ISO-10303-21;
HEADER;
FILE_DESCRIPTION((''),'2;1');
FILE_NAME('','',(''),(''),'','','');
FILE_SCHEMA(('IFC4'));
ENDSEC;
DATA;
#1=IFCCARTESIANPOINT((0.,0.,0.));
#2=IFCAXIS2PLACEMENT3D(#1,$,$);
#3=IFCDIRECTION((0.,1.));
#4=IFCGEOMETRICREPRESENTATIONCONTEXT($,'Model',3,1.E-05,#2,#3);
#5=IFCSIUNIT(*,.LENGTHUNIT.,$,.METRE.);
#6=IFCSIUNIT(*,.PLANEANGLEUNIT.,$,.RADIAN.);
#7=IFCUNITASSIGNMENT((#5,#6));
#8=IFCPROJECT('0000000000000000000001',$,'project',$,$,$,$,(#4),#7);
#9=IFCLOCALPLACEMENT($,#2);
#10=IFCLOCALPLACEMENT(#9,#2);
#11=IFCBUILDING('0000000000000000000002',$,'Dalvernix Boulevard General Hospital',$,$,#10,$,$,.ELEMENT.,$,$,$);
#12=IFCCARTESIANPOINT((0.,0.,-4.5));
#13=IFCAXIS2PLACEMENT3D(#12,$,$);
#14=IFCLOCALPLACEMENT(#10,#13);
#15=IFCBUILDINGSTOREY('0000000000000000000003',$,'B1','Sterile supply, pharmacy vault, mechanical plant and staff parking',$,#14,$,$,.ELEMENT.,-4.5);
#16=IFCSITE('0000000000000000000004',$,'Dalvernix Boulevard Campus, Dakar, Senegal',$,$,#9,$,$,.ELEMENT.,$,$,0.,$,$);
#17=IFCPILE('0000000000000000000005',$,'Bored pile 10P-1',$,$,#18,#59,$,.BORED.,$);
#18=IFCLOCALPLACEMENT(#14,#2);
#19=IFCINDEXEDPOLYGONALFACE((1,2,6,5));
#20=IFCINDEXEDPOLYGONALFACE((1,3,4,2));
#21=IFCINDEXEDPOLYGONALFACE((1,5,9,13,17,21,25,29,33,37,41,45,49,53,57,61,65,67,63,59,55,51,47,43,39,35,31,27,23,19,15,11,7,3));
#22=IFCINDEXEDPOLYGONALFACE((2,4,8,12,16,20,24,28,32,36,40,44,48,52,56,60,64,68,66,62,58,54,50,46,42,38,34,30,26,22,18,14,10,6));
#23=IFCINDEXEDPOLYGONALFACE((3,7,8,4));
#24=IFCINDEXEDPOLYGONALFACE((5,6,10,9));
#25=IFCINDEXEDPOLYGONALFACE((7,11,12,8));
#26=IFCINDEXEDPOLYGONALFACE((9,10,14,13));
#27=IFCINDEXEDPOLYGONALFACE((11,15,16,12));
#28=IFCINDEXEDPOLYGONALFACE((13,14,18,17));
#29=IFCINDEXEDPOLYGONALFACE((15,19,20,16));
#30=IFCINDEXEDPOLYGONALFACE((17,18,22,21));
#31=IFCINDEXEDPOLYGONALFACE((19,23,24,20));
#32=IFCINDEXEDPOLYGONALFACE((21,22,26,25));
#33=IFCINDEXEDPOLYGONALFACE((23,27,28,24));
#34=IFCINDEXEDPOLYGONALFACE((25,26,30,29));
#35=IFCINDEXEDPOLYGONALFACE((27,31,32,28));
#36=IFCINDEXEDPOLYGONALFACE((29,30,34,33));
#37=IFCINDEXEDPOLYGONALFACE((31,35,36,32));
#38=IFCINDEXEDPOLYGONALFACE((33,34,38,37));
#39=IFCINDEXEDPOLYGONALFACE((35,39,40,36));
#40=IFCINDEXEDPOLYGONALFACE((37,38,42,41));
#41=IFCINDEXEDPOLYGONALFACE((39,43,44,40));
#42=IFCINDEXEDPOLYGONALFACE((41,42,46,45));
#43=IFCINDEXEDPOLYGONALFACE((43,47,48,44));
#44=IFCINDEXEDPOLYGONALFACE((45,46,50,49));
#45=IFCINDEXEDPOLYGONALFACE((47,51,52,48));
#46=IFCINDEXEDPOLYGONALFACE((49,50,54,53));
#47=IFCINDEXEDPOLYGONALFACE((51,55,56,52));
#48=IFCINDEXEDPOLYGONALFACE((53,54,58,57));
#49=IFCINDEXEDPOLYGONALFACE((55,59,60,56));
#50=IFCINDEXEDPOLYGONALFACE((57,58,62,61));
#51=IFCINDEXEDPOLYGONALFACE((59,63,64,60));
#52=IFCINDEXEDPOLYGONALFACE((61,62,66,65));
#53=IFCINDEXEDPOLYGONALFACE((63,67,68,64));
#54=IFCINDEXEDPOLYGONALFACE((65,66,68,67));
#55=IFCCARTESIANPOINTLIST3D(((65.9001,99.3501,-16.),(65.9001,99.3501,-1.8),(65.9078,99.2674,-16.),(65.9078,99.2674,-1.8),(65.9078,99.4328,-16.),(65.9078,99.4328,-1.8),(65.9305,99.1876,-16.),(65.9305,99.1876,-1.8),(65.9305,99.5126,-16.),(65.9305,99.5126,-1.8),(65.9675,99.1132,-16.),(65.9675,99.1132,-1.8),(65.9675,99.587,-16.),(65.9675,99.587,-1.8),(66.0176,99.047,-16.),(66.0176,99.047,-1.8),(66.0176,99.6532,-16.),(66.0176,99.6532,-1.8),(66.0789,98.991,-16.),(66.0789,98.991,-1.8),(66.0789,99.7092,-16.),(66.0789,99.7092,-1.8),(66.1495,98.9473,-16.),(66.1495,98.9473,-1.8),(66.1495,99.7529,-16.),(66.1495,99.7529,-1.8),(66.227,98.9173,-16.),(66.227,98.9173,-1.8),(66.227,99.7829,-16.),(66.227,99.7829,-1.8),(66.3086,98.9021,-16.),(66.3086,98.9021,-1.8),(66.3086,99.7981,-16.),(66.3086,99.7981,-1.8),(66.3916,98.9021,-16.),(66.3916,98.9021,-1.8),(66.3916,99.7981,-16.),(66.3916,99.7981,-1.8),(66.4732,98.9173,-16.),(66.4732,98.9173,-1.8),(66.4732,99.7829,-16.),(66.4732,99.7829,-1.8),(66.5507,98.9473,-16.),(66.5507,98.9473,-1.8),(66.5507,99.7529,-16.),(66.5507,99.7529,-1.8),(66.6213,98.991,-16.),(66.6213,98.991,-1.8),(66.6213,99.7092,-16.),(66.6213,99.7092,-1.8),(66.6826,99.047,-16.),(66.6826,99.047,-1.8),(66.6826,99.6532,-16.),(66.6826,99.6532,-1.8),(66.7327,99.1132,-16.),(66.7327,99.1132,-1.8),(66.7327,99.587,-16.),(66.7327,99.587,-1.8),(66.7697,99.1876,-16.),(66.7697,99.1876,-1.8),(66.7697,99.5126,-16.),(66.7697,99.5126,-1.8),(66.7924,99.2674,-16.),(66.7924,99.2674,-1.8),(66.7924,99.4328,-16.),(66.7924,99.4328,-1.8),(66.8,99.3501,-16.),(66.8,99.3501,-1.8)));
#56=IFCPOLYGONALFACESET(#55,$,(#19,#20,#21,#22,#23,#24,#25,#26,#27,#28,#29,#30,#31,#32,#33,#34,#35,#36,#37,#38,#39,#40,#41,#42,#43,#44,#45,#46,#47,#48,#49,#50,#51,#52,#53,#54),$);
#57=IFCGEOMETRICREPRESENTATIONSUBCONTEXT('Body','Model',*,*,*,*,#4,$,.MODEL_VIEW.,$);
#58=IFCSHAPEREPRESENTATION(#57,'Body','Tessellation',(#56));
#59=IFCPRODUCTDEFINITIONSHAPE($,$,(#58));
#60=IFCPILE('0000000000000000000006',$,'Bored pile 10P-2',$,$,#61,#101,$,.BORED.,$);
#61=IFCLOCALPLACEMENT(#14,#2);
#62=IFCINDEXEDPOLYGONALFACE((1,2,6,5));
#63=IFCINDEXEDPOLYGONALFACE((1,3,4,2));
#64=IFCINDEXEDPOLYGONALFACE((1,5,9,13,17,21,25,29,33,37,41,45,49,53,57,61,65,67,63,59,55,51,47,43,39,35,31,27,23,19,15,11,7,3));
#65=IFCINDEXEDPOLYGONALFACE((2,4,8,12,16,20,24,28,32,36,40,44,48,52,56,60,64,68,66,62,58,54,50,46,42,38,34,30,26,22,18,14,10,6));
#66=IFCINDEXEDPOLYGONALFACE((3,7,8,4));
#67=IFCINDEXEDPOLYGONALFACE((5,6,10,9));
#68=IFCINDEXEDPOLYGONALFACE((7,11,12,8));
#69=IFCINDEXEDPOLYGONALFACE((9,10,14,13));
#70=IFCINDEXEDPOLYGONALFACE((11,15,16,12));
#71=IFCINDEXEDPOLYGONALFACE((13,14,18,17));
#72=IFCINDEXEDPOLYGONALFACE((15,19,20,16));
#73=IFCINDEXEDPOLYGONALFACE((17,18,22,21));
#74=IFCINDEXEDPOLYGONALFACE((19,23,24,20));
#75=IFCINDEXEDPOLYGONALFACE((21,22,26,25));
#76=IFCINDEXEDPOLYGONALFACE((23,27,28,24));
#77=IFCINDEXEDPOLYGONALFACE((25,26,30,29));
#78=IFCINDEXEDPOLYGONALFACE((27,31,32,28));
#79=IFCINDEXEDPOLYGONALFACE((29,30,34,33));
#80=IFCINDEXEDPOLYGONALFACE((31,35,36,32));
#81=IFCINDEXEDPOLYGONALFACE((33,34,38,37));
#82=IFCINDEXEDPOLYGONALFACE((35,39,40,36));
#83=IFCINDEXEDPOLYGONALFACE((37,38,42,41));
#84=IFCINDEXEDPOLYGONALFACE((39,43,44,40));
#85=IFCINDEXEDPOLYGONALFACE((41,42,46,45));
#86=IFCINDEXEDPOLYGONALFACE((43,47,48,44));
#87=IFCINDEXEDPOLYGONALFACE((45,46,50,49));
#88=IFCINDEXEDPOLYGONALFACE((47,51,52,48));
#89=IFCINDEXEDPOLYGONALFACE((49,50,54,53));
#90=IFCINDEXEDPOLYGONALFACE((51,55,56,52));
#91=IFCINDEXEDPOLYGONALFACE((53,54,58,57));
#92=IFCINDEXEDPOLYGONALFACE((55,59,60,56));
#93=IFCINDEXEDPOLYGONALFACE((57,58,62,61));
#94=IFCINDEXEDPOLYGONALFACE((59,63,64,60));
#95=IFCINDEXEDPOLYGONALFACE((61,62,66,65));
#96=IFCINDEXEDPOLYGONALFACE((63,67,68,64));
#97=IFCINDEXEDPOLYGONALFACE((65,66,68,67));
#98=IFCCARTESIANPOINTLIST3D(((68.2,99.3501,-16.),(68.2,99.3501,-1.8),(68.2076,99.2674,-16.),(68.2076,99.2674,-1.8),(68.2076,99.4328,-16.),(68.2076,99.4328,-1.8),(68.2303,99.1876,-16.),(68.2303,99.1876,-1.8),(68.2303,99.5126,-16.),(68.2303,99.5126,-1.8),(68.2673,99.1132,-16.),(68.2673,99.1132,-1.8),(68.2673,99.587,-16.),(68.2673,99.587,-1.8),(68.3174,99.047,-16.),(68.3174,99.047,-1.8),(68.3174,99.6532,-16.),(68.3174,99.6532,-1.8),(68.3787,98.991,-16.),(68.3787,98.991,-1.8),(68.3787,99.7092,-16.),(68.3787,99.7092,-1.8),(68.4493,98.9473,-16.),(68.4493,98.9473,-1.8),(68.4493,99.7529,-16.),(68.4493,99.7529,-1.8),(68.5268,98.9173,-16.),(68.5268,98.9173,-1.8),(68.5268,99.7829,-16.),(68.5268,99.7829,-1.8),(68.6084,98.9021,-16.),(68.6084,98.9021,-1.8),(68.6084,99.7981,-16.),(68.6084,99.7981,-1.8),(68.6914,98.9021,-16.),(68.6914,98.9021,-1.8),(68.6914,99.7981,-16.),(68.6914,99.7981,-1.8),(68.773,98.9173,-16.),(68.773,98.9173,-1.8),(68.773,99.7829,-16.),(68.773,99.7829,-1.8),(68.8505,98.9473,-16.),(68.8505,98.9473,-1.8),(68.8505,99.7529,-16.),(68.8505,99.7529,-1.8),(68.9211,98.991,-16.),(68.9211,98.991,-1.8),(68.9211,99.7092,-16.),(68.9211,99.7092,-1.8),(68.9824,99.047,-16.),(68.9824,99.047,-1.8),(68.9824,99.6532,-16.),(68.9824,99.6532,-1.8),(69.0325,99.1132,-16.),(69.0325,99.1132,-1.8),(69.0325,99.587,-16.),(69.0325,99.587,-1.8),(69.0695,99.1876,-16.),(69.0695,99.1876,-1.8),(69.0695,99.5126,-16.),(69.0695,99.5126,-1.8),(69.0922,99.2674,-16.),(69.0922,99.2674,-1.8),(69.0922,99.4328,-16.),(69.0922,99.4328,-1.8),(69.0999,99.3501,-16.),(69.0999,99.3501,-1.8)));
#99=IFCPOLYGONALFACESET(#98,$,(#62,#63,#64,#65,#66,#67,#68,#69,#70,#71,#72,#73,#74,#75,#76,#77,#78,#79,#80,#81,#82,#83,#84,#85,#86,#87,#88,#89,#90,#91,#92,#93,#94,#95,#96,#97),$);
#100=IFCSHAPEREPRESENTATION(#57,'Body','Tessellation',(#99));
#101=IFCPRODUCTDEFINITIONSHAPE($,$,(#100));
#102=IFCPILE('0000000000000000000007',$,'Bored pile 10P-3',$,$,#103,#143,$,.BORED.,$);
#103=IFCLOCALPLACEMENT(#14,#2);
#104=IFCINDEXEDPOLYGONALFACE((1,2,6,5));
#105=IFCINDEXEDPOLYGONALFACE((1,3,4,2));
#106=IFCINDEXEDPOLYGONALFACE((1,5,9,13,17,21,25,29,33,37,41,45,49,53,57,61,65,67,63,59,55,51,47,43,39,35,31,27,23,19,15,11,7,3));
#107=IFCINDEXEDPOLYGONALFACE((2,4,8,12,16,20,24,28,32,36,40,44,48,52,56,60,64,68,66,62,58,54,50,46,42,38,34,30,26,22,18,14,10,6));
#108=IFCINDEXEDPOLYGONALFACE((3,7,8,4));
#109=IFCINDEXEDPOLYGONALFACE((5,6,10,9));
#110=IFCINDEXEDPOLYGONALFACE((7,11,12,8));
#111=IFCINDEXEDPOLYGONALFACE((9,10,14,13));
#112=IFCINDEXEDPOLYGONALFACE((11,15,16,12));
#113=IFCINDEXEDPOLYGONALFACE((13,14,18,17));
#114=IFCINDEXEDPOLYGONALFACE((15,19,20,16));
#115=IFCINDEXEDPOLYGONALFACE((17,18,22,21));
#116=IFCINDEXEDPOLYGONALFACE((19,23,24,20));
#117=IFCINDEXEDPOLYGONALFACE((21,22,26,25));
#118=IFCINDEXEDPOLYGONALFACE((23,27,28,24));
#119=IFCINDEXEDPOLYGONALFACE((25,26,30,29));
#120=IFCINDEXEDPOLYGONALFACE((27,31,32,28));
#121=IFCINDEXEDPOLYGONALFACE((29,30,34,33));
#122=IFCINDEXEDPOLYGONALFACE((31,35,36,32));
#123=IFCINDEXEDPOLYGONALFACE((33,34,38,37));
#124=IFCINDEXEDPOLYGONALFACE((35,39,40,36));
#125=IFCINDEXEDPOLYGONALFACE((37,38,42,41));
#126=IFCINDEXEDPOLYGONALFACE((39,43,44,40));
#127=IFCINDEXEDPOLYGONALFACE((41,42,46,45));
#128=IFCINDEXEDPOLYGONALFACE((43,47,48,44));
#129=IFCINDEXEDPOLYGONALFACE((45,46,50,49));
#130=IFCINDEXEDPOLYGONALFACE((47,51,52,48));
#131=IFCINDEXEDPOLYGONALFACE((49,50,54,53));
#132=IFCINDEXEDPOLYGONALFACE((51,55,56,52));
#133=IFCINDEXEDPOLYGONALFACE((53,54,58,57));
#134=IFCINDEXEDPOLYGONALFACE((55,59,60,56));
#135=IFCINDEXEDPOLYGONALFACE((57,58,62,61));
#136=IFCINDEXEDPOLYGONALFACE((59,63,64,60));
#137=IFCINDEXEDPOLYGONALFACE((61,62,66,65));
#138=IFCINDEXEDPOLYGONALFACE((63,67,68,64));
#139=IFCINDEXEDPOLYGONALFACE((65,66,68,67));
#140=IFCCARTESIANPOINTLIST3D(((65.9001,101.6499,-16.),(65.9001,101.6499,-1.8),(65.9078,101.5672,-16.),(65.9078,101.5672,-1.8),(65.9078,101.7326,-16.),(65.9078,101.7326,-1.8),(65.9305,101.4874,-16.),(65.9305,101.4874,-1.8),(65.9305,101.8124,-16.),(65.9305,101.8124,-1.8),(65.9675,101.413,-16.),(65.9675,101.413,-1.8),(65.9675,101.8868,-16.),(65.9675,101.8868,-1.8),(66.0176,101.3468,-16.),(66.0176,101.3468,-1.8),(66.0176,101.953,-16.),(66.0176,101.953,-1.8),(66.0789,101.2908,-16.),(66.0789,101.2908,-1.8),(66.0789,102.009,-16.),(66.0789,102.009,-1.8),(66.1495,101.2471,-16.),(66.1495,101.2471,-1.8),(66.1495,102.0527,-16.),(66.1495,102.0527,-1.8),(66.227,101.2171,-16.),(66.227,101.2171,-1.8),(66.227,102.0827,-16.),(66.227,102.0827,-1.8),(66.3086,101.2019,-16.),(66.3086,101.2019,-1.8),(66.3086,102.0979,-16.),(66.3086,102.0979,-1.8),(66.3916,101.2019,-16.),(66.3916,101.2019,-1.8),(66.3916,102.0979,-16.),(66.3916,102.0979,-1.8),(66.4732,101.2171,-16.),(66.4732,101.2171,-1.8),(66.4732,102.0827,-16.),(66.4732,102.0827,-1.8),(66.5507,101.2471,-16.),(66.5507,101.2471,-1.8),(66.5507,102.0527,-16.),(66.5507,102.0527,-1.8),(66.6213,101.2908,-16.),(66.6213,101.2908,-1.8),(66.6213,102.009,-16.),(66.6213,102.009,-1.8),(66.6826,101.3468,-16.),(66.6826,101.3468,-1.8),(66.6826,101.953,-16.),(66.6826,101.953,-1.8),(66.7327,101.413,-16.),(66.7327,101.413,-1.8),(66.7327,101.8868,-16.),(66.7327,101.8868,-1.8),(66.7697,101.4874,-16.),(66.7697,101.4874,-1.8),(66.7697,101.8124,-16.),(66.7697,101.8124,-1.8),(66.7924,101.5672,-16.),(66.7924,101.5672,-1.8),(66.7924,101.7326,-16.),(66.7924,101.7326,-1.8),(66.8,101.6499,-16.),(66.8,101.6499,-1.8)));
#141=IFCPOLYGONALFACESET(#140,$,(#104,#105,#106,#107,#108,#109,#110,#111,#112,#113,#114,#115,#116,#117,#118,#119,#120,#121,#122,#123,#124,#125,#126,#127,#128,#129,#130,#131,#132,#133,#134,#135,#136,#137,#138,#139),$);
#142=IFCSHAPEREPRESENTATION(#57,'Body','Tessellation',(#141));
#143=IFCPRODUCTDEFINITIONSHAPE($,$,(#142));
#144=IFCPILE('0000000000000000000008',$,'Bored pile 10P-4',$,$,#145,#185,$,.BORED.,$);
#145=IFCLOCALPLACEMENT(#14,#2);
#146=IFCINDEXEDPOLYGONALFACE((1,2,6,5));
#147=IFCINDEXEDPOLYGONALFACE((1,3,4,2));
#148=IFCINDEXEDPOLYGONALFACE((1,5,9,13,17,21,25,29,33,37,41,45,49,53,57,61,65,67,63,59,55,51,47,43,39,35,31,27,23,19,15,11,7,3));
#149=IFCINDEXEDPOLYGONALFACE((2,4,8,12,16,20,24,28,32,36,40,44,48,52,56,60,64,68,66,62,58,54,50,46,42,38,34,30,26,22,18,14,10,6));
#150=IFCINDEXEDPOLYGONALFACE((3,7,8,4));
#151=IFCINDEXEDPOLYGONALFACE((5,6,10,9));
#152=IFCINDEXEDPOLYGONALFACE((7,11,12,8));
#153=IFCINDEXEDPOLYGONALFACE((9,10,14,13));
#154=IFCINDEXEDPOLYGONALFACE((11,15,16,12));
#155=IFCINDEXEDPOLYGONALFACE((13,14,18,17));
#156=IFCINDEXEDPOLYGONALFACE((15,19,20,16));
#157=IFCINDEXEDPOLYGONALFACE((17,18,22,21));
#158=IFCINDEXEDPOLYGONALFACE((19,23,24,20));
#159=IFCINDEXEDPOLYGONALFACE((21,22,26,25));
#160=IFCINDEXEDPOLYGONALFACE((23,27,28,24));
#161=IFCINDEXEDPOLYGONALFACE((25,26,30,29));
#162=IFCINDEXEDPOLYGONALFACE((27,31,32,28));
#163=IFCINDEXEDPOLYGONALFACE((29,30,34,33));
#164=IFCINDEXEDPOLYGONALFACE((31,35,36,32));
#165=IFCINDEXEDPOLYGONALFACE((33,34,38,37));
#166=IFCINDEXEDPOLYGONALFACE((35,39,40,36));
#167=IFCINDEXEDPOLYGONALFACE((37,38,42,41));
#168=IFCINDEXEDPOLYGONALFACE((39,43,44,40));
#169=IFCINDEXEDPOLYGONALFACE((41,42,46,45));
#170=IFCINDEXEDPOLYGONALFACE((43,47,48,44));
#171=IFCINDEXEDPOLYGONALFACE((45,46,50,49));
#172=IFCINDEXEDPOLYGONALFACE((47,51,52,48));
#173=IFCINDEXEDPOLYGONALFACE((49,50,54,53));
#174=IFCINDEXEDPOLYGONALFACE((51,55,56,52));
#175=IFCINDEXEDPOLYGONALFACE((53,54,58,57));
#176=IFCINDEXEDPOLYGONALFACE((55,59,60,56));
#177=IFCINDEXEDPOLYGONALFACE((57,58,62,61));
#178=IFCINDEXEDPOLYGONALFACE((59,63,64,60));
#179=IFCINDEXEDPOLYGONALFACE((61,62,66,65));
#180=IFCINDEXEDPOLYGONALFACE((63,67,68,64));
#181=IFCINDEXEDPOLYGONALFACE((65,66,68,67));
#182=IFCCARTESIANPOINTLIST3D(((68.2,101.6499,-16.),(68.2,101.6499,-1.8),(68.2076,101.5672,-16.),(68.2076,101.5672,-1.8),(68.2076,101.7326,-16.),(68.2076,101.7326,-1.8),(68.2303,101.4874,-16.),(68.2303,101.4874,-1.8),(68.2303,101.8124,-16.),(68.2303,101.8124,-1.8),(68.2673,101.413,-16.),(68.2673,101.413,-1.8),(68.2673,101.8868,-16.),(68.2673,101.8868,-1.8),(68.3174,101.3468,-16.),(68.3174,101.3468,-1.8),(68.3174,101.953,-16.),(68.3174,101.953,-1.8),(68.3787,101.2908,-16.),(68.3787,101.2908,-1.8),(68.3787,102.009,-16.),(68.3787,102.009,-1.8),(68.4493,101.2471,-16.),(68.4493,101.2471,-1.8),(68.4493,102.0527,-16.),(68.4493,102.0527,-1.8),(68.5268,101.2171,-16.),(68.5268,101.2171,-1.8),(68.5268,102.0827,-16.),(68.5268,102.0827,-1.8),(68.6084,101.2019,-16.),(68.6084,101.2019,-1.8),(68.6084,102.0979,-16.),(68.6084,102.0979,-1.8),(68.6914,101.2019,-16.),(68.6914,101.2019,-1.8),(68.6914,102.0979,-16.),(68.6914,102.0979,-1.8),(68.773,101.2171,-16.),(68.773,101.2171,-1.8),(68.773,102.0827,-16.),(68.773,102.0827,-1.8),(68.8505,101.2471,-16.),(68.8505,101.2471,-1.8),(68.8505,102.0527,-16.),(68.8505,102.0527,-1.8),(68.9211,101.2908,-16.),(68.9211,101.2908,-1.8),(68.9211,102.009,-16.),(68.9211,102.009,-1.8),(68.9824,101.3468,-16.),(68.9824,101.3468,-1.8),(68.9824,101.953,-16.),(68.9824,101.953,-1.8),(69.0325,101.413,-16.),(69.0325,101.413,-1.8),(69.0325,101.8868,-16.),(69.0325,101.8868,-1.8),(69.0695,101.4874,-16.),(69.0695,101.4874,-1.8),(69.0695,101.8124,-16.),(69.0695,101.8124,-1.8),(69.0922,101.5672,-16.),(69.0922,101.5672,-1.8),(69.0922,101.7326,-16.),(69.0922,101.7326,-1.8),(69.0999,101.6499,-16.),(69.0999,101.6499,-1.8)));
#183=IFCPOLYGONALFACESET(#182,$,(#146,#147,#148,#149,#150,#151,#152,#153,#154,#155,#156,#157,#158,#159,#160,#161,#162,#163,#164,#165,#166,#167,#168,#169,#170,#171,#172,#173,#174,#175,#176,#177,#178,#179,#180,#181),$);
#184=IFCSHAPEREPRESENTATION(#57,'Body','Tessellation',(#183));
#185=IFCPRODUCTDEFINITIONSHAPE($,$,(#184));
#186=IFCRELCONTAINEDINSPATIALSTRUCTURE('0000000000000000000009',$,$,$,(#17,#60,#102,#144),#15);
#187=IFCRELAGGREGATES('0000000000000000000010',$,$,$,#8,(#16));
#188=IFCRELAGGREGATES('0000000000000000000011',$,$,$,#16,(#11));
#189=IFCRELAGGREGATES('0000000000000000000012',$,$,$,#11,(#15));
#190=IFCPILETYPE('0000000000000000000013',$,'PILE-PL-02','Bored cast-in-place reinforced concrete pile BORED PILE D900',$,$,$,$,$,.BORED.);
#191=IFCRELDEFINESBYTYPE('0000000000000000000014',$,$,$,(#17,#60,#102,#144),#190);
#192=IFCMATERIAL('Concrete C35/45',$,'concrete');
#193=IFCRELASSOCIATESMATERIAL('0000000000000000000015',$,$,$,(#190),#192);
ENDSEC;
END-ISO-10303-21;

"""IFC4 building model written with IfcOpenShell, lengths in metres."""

from ifc_helpers import new_model, si_unit, direction, frame, origin, origin_2d, place, context, subcontext, project, spatial, circle, extrude, material, material_profile, profile_set, type_object, element, save


model = new_model("IFC4")

# Units and contexts
model_context = context("Model", 3, precision=1e-05, world=origin(), true_north=direction((0.0, 1.0)))
body_context = subcontext(model_context, "Body", "Model", "MODEL_VIEW")
ifc_project = project(units=[si_unit("LENGTHUNIT", "METRE"), si_unit("PLANEANGLEUNIT", "RADIAN")], contexts=[model_context])

# Site, building, storey
site_placement = place(None, origin())
site = spatial("IfcSite", under=ifc_project, at=site_placement, Name="Dalvernix Boulevard Campus, Dakar, Senegal", CompositionType="ELEMENT", RefElevation=0.0)
building_placement = place(site_placement, origin())
building = spatial("IfcBuilding", under=site, at=building_placement, Name="Dalvernix Boulevard General Hospital", CompositionType="ELEMENT")
storey_placement = place(building_placement, frame((0.0, 0.0, -4.5)))
storey = spatial("IfcBuildingStorey", under=building, at=storey_placement, Name="B1", Description="Sterile supply, pharmacy vault, mechanical plant and staff parking", CompositionType="ELEMENT", Elevation=-4.5)

# Shared definitions
ifc_material_1 = material(Name="Concrete C35/45", Category="concrete")

# Piles
ifc_material_profile_1 = material_profile(ifc_material_1, circle(Radius=0.45, at=origin_2d()), Name="BORED PILE D900")
ifc_profile_set_1 = profile_set([ifc_material_profile_1], Name="Concrete C35/45")
pile_type_1 = type_object("IfcPileType", Name="PILE-PL-02", Description="Bored cast-in-place reinforced concrete pile BORED PILE D900", PredefinedType="BORED", material=ifc_profile_set_1)
for number, where, z_axis, x_axis, name in (
    (1, (66.3501, 99.3501, -1.8), (0.0, 0.0, -1.0), (1.0, 0.0, 0.0), "Bored pile 10P-1"),
    (2, (68.6499, 99.3501, -1.8), (0.0, 0.0, -1.0), (1.0, 0.0, 0.0), "Bored pile 10P-2"),
    (3, (66.3501, 101.6499, -1.8), (0.0, 0.0, -1.0), (1.0, 0.0, 0.0), "Bored pile 10P-3"),
    (4, (68.6499, 101.6499, -1.8), (0.0, 0.0, -1.0), (1.0, 0.0, 0.0), "Bored pile 10P-4"),
):
    element("IfcPile", number, at=place(storey_placement, frame(where, z_axis=z_axis, x_axis=x_axis)), inside=storey, type_object=pile_type_1, Name=name, PredefinedType="BORED", context=body_context, shape_type="SweptSolid", body=[
        extrude(circle(Radius=0.45, at=origin_2d()), origin(), (0.0, 0.0, 1.0), 14.2),
    ])

save(model, "model.ifc")
